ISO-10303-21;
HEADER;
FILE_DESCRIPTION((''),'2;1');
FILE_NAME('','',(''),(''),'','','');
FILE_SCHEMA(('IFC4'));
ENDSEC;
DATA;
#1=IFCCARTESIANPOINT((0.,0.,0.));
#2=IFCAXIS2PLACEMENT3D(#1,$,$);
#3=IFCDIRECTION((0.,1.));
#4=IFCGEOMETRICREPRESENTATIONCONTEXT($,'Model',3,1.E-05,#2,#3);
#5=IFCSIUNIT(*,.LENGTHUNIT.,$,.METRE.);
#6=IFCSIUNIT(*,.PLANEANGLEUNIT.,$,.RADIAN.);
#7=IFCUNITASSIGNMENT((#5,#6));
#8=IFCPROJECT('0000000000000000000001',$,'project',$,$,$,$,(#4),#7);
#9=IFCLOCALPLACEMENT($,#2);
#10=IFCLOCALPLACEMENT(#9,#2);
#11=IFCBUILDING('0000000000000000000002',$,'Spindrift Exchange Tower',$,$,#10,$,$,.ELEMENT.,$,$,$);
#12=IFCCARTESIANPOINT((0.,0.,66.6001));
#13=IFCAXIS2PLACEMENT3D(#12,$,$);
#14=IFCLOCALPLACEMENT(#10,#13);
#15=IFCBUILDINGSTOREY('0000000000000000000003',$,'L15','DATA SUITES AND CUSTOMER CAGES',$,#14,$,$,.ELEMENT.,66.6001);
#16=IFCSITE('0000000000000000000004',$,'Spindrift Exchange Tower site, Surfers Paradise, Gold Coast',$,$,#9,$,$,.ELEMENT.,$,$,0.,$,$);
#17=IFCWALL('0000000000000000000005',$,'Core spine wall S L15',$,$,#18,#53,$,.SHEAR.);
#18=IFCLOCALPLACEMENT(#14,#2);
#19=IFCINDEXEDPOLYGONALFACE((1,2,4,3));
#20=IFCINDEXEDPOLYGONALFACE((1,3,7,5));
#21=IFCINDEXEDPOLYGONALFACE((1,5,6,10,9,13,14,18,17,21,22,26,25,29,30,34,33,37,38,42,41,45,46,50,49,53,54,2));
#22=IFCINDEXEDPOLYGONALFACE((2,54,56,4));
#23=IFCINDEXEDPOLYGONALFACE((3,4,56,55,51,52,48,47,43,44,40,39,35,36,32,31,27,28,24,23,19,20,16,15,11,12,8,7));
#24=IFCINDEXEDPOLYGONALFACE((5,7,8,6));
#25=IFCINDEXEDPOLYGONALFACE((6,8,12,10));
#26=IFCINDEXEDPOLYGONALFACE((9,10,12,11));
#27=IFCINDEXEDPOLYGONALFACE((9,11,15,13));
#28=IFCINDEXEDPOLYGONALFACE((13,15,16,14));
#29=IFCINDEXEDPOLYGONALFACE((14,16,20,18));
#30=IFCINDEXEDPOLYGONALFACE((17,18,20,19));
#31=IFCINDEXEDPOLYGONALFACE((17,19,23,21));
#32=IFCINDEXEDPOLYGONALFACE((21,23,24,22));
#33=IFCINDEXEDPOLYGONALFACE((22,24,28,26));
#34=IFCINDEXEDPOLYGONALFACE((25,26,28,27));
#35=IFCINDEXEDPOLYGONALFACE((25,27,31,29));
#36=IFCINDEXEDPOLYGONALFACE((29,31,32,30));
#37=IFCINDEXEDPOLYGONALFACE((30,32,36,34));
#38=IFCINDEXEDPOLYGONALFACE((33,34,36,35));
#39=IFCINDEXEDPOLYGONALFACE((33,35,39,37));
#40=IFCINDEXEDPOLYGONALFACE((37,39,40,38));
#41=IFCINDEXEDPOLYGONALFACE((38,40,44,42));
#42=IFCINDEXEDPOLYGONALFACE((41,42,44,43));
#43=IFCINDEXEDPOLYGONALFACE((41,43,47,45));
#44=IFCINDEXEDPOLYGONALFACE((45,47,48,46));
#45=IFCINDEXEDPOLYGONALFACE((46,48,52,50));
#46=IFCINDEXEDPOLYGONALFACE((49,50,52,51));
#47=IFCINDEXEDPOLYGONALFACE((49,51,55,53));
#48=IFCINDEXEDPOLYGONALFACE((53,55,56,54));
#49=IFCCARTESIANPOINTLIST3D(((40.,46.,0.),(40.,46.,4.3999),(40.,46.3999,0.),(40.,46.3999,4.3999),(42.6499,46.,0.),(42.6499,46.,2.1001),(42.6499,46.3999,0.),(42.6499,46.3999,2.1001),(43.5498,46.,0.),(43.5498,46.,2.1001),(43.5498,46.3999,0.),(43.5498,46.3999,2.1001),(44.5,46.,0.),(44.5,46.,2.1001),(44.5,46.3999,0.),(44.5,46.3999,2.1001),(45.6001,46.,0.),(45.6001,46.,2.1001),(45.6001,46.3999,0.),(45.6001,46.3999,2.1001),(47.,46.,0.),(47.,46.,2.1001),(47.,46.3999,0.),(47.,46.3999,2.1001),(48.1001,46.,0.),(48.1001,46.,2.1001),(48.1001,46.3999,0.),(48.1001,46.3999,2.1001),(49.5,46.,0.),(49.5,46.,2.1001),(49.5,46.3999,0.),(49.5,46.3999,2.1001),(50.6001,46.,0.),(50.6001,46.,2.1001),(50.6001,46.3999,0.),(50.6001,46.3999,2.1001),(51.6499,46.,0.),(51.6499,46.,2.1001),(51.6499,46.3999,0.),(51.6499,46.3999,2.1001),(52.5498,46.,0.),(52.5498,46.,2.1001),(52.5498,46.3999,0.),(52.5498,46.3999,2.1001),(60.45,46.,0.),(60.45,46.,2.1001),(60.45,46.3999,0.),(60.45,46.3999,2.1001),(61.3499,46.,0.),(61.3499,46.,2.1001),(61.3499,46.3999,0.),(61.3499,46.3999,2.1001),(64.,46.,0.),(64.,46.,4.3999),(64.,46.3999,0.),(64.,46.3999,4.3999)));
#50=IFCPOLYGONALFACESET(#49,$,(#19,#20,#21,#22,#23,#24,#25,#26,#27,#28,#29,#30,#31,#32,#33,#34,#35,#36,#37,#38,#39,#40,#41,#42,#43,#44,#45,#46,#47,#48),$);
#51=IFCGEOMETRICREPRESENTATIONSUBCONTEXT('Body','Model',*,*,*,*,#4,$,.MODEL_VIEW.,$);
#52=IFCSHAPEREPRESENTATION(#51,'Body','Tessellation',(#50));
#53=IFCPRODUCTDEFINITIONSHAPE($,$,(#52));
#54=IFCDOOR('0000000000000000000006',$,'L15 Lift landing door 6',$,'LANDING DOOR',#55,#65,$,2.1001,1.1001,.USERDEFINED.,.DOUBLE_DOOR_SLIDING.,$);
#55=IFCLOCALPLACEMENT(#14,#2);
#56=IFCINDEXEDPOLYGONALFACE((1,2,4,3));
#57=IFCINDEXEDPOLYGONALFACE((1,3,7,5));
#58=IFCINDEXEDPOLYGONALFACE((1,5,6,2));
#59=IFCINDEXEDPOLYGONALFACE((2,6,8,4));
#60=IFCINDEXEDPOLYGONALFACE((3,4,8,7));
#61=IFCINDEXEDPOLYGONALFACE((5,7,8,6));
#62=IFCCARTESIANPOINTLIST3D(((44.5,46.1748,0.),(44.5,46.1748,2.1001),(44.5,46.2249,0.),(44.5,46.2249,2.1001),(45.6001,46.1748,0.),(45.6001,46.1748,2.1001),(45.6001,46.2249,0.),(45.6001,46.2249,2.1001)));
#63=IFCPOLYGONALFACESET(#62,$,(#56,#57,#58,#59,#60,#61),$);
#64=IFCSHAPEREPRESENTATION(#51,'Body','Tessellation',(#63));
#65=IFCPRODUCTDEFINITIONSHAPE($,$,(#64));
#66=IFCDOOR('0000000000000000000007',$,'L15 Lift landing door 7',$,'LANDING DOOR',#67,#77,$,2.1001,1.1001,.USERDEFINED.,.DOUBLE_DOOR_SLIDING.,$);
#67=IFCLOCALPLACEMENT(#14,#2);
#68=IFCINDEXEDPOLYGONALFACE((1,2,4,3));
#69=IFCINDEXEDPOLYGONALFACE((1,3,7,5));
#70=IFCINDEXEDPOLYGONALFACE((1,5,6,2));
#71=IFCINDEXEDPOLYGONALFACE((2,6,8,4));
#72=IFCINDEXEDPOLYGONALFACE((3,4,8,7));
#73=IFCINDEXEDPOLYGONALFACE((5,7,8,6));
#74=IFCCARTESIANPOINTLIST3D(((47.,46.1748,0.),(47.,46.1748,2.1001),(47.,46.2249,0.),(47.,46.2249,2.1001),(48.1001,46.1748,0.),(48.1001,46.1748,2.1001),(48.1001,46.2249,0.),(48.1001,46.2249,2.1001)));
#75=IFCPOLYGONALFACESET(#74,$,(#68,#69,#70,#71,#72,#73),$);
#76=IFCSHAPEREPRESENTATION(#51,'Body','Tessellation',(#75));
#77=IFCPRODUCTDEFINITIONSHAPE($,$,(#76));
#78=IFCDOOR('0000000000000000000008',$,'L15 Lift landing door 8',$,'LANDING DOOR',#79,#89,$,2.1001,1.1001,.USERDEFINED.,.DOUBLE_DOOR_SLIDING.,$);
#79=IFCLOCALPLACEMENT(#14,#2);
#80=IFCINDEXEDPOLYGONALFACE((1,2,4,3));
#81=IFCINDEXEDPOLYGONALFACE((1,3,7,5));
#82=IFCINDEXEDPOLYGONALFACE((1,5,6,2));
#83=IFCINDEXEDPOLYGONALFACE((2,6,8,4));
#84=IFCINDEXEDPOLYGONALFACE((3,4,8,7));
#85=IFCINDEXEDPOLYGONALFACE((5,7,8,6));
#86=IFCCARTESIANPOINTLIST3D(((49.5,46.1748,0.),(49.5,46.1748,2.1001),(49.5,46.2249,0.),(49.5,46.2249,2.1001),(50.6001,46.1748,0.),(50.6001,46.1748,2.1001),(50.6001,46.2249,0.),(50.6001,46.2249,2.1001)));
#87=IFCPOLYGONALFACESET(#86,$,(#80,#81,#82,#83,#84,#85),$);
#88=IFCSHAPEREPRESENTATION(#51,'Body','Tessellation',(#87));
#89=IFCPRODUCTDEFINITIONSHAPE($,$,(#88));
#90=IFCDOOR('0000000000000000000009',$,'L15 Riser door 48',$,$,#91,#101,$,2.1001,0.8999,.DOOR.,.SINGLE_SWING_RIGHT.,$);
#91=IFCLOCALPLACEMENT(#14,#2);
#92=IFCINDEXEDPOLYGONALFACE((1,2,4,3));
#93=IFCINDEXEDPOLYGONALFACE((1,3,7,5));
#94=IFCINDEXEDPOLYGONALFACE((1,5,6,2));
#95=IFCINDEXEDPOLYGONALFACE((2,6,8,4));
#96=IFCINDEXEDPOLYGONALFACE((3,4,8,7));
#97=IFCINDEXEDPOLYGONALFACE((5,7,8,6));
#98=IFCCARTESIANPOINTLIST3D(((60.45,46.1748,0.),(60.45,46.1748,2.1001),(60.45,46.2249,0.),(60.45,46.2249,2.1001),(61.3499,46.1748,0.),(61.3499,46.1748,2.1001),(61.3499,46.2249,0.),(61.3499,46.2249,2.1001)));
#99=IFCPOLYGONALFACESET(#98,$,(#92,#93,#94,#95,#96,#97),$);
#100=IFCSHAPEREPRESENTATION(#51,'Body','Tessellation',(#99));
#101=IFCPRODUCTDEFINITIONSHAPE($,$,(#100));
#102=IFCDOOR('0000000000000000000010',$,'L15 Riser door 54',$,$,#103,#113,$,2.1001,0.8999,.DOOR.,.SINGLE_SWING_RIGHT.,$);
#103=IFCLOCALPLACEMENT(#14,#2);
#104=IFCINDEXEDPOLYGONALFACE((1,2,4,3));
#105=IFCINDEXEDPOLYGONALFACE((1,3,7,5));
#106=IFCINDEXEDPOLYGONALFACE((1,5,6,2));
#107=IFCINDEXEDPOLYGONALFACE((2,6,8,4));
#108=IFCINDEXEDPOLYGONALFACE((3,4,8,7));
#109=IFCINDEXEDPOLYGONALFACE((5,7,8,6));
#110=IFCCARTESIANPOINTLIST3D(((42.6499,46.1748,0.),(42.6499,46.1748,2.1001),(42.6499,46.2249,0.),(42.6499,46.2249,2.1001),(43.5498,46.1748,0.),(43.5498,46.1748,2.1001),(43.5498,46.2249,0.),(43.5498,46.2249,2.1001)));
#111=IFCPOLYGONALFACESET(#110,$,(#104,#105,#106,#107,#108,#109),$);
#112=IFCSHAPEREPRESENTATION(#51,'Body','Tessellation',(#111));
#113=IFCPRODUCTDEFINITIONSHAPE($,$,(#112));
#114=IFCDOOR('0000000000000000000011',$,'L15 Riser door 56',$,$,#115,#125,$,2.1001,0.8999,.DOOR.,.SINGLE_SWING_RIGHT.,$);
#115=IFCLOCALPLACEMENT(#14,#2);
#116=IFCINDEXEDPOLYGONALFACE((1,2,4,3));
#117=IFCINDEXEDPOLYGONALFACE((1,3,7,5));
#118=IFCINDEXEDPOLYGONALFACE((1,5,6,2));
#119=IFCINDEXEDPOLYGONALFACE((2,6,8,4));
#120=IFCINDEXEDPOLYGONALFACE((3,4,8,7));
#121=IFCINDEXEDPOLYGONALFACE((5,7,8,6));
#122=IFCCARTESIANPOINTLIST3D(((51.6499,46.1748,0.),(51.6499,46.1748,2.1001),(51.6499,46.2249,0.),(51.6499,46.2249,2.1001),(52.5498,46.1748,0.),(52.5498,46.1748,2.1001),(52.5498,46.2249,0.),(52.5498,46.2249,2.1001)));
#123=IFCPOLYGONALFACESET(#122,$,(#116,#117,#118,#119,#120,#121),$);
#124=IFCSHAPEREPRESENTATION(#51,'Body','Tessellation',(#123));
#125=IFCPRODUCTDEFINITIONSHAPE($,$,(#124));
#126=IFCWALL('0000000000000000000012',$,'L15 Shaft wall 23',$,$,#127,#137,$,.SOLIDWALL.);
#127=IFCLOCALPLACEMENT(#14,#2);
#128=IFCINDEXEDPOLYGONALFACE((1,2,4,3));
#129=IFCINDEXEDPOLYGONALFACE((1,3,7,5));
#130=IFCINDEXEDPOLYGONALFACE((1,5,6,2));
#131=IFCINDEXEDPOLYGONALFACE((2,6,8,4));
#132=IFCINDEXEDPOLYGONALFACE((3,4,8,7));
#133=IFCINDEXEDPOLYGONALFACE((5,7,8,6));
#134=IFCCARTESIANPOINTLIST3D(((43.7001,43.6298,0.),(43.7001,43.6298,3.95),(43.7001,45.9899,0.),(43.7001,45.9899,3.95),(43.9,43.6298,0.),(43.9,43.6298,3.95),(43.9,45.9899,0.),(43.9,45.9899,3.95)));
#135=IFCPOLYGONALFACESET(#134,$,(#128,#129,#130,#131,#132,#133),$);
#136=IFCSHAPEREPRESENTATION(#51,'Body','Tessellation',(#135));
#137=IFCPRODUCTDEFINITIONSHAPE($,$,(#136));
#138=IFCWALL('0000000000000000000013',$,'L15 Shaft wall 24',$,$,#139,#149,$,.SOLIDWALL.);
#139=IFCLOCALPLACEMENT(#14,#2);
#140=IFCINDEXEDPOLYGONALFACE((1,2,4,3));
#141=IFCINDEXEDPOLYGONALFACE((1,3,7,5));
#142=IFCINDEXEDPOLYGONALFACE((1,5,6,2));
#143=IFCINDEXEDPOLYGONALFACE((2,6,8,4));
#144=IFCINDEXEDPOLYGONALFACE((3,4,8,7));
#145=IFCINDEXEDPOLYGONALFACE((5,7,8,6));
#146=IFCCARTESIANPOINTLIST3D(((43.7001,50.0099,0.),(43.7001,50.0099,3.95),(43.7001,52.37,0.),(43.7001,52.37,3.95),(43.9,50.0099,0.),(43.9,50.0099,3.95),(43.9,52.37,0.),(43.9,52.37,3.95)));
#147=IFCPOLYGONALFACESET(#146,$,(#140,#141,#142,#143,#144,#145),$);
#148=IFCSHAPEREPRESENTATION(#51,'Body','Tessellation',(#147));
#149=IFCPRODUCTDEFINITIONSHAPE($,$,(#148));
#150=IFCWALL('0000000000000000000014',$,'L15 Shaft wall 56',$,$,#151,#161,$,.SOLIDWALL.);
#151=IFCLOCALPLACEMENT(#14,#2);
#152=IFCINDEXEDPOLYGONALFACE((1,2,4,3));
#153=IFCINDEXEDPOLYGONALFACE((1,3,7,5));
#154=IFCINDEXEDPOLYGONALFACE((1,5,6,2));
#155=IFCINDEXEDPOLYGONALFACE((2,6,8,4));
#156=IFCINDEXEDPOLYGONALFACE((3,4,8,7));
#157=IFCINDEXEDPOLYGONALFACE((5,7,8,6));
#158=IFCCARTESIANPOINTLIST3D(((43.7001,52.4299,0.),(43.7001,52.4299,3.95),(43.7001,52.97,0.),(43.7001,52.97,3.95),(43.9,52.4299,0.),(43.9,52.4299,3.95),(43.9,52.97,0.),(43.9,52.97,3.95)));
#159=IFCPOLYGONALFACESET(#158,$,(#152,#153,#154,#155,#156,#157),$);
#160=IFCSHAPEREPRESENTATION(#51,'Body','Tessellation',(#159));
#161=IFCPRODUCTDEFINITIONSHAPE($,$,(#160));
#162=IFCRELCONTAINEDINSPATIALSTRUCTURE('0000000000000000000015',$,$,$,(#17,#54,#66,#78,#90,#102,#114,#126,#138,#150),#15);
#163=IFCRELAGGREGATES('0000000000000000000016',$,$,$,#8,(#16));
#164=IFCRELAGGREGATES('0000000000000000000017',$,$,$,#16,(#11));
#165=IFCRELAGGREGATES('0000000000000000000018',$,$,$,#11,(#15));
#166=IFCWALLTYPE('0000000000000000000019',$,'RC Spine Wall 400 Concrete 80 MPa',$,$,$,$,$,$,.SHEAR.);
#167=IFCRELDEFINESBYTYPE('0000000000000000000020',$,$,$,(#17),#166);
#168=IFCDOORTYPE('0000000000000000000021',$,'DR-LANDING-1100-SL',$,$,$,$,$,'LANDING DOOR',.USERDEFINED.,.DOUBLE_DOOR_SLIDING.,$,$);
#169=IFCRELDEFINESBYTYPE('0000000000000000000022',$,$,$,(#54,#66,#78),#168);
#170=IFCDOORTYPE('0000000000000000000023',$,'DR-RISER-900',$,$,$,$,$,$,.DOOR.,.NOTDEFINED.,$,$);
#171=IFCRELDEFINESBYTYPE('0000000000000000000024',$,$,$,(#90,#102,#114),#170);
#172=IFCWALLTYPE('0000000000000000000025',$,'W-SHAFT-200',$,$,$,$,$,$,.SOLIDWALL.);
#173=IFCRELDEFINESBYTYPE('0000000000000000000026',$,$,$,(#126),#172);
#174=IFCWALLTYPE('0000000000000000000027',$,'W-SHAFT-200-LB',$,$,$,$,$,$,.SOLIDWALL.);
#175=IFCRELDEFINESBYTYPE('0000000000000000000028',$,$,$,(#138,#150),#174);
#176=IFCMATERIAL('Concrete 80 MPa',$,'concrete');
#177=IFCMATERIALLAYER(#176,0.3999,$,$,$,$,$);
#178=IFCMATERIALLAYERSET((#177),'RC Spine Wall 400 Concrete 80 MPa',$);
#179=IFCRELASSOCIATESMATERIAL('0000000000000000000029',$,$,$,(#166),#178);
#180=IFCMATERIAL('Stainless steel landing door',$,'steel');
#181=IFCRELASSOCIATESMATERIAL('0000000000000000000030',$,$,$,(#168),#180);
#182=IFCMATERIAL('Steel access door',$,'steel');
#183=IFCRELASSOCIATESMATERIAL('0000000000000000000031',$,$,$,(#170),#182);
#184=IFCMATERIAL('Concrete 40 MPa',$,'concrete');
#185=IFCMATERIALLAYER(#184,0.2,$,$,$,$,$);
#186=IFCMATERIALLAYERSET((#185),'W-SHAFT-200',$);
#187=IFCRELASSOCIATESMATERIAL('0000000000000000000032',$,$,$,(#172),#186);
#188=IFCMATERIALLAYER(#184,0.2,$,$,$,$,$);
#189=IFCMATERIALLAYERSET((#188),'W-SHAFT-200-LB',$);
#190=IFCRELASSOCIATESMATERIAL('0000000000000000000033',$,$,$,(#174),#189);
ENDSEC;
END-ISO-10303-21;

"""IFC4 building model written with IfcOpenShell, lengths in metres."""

from ifc_helpers import new_model, si_unit, direction, frame, frame_2d, origin, place, context, subcontext, project, spatial, rectangle, extrude, source, transform, mapped, material, layer, layer_set, type_object, element, fill, save


model = new_model("IFC4")

# Units and contexts
model_context = context("Model", 3, precision=1e-05, world=origin(), true_north=direction((0.0, 1.0)))
body_context = subcontext(model_context, "Body", "Model", "MODEL_VIEW")
ifc_project = project(units=[si_unit("LENGTHUNIT", "METRE"), si_unit("PLANEANGLEUNIT", "RADIAN")], contexts=[model_context])

# Site, building, storey
site_placement = place(None, origin())
site = spatial("IfcSite", under=ifc_project, at=site_placement, Name="Spindrift Exchange Tower site, Surfers Paradise, Gold Coast", CompositionType="ELEMENT", RefElevation=0.0)
building_placement = place(site_placement, origin())
building = spatial("IfcBuilding", under=site, at=building_placement, Name="Spindrift Exchange Tower", CompositionType="ELEMENT")
storey_placement = place(building_placement, frame((0.0, 0.0, 66.6001)))
storey = spatial("IfcBuildingStorey", under=building, at=storey_placement, Name="L15", Description="DATA SUITES AND CUSTOMER CAGES", CompositionType="ELEMENT", Elevation=66.6001)

# Wall, openings, doors
ifc_material_1 = material(Name="Concrete 80 MPa", Category="concrete")
ifc_layer_1 = layer(ifc_material_1, 0.3999)
ifc_layer_set_1 = layer_set([ifc_layer_1], Name="RC Spine Wall 400 Concrete 80 MPa")
wall_type_1 = type_object("IfcWallType", Name="RC Spine Wall 400 Concrete 80 MPa", PredefinedType="SHEAR", material=ifc_layer_set_1)
ifc_material_2 = material(Name="Stainless steel landing door", Category="steel")
door_type_1 = type_object("IfcDoorType", Name="DR-LANDING-1100-SL", ElementType="LANDING DOOR", OperationType="DOUBLE_DOOR_SLIDING", PredefinedType="USERDEFINED", material=ifc_material_2)
shared_shape_1 = source(origin(), body_context, "Body", "SweptSolid", [
    extrude(rectangle(XDim=1.1001, YDim=2.1001, at=frame_2d((0.55, 1.05))), frame((0.0, 0.0249, 0.0), z_axis=(0.0, -1.0, 0.0), x_axis=(1.0, 0.0, 0.0)), (0.0, 0.0, 1.0), 0.05),
])
ifc_material_3 = material(Name="Steel access door", Category="steel")
door_type_2 = type_object("IfcDoorType", Name="DR-RISER-900", OperationType="NOTDEFINED", PredefinedType="DOOR", material=ifc_material_3)
shared_shape_2 = source(origin(), body_context, "Body", "SweptSolid", [
    extrude(rectangle(XDim=0.8999, YDim=2.1001, at=frame_2d((0.45, 1.05))), frame((0.0, 0.0249, 0.0), z_axis=(0.0, -1.0, 0.0), x_axis=(1.0, 0.0, 0.0)), (0.0, 0.0, 1.0), 0.05),
])
wall_1_placement = place(storey_placement, frame((40.0, 46.2, 0.0), z_axis=(0.0, 0.0, 1.0), x_axis=(1.0, 0.0, 0.0)))
wall_1 = element("IfcWall", 1, at=wall_1_placement, inside=storey, type_object=wall_type_1, Name="Core spine wall S L15", PredefinedType="SHEAR", context=body_context, shape_type="SweptSolid", body=[
    extrude(rectangle(XDim=24.0, YDim=0.3999, at=frame_2d((12.0, 0.0))), origin(), (0.0, 0.0, 1.0), 4.3999),
])
opening_1_placement = place(wall_1_placement, frame((4.5, 0.0, 0.0)))
opening_1 = element("IfcOpeningElement", 2, at=opening_1_placement, cuts=wall_1, PredefinedType="OPENING", context=body_context, shape_type="SweptSolid", body=[
    extrude(rectangle(XDim=1.1001, YDim=2.1001, at=frame_2d((0.55, 1.05))), frame((0.0, 0.21, 0.0), z_axis=(0.0, -1.0, 0.0), x_axis=(1.0, 0.0, 0.0)), (0.0, 0.0, 1.0), 0.4199),
])
opening_2_placement = place(wall_1_placement, frame((7.0, 0.0, 0.0)))
opening_2 = element("IfcOpeningElement", 3, at=opening_2_placement, cuts=wall_1, PredefinedType="OPENING", context=body_context, shape_type="SweptSolid", body=[
    extrude(rectangle(XDim=1.1001, YDim=2.1001, at=frame_2d((0.55, 1.05))), frame((0.0, 0.21, 0.0), z_axis=(0.0, -1.0, 0.0), x_axis=(1.0, 0.0, 0.0)), (0.0, 0.0, 1.0), 0.4199),
])
opening_3_placement = place(wall_1_placement, frame((9.5, 0.0, 0.0)))
opening_3 = element("IfcOpeningElement", 4, at=opening_3_placement, cuts=wall_1, PredefinedType="OPENING", context=body_context, shape_type="SweptSolid", body=[
    extrude(rectangle(XDim=1.1001, YDim=2.1001, at=frame_2d((0.55, 1.05))), frame((0.0, 0.21, 0.0), z_axis=(0.0, -1.0, 0.0), x_axis=(1.0, 0.0, 0.0)), (0.0, 0.0, 1.0), 0.4199),
])
opening_4_placement = place(wall_1_placement, frame((20.45, 0.0, 0.0)))
opening_4 = element("IfcOpeningElement", 5, at=opening_4_placement, cuts=wall_1, PredefinedType="OPENING", context=body_context, shape_type="SweptSolid", body=[
    extrude(rectangle(XDim=0.8999, YDim=2.1001, at=frame_2d((0.45, 1.05))), frame((0.0, 0.21, 0.0), z_axis=(0.0, -1.0, 0.0), x_axis=(1.0, 0.0, 0.0)), (0.0, 0.0, 1.0), 0.4199),
])
opening_5_placement = place(wall_1_placement, frame((2.6499, 0.0, 0.0)))
opening_5 = element("IfcOpeningElement", 6, at=opening_5_placement, cuts=wall_1, PredefinedType="OPENING", context=body_context, shape_type="SweptSolid", body=[
    extrude(rectangle(XDim=0.8999, YDim=2.1001, at=frame_2d((0.45, 1.05))), frame((0.0, 0.21, 0.0), z_axis=(0.0, -1.0, 0.0), x_axis=(1.0, 0.0, 0.0)), (0.0, 0.0, 1.0), 0.4199),
])
opening_6_placement = place(wall_1_placement, frame((11.6499, 0.0, 0.0)))
opening_6 = element("IfcOpeningElement", 7, at=opening_6_placement, cuts=wall_1, PredefinedType="OPENING", context=body_context, shape_type="SweptSolid", body=[
    extrude(rectangle(XDim=0.8999, YDim=2.1001, at=frame_2d((0.45, 1.05))), frame((0.0, 0.21, 0.0), z_axis=(0.0, -1.0, 0.0), x_axis=(1.0, 0.0, 0.0)), (0.0, 0.0, 1.0), 0.4199),
])
door_1_placement = place(opening_1_placement, origin())
door_1 = element("IfcDoor", 8, at=door_1_placement, inside=storey, type_object=door_type_1, Name="L15 Lift landing door 6", ObjectType="LANDING DOOR", OperationType="DOUBLE_DOOR_SLIDING", OverallHeight=2.1001, OverallWidth=1.1001, PredefinedType="USERDEFINED", context=body_context, shape_type="MappedRepresentation", body=[
    mapped(shared_shape_1, transform((0.0, 0.0, 0.0), scale=1.0)),
])
fill(opening_1, door_1)
door_2_placement = place(opening_2_placement, origin())
door_2 = element("IfcDoor", 9, at=door_2_placement, inside=storey, type_object=door_type_1, Name="L15 Lift landing door 7", ObjectType="LANDING DOOR", OperationType="DOUBLE_DOOR_SLIDING", OverallHeight=2.1001, OverallWidth=1.1001, PredefinedType="USERDEFINED", context=body_context, shape_type="MappedRepresentation", body=[
    mapped(shared_shape_1, transform((0.0, 0.0, 0.0), scale=1.0)),
])
fill(opening_2, door_2)
door_3_placement = place(opening_3_placement, origin())
door_3 = element("IfcDoor", 10, at=door_3_placement, inside=storey, type_object=door_type_1, Name="L15 Lift landing door 8", ObjectType="LANDING DOOR", OperationType="DOUBLE_DOOR_SLIDING", OverallHeight=2.1001, OverallWidth=1.1001, PredefinedType="USERDEFINED", context=body_context, shape_type="MappedRepresentation", body=[
    mapped(shared_shape_1, transform((0.0, 0.0, 0.0), scale=1.0)),
])
fill(opening_3, door_3)
door_4_placement = place(opening_4_placement, origin())
door_4 = element("IfcDoor", 11, at=door_4_placement, inside=storey, type_object=door_type_2, Name="L15 Riser door 48", OperationType="SINGLE_SWING_RIGHT", OverallHeight=2.1001, OverallWidth=0.8999, PredefinedType="DOOR", context=body_context, shape_type="MappedRepresentation", body=[
    mapped(shared_shape_2, transform((0.0, 0.0, 0.0), scale=1.0)),
])
fill(opening_4, door_4)
door_5_placement = place(opening_5_placement, origin())
door_5 = element("IfcDoor", 12, at=door_5_placement, inside=storey, type_object=door_type_2, Name="L15 Riser door 54", OperationType="SINGLE_SWING_RIGHT", OverallHeight=2.1001, OverallWidth=0.8999, PredefinedType="DOOR", context=body_context, shape_type="MappedRepresentation", body=[
    mapped(shared_shape_2, transform((0.0, 0.0, 0.0), scale=1.0)),
])
fill(opening_5, door_5)
door_6_placement = place(opening_6_placement, origin())
door_6 = element("IfcDoor", 13, at=door_6_placement, inside=storey, type_object=door_type_2, Name="L15 Riser door 56", OperationType="SINGLE_SWING_RIGHT", OverallHeight=2.1001, OverallWidth=0.8999, PredefinedType="DOOR", context=body_context, shape_type="MappedRepresentation", body=[
    mapped(shared_shape_2, transform((0.0, 0.0, 0.0), scale=1.0)),
])
fill(opening_6, door_6)

# Walls
ifc_material_4 = material(Name="Concrete 40 MPa", Category="concrete")
ifc_layer_2 = layer(ifc_material_4, 0.2)
ifc_layer_set_2 = layer_set([ifc_layer_2], Name="W-SHAFT-200")
wall_type_2 = type_object("IfcWallType", Name="W-SHAFT-200", PredefinedType="SOLIDWALL", material=ifc_layer_set_2)
wall_2_placement = place(storey_placement, frame((43.8, 45.99, 0.0), z_axis=(0.0, 0.0, 1.0), x_axis=(0.0, -1.0, 0.0)))
element("IfcWall", 14, at=wall_2_placement, inside=storey, type_object=wall_type_2, Name="L15 Shaft wall 23", PredefinedType="SOLIDWALL", context=body_context, shape_type="SweptSolid", body=[
    extrude(rectangle(XDim=2.3601, YDim=0.2, at=frame_2d((1.1802, 0.0))), origin(), (0.0, 0.0, 1.0), 3.95),
])
ifc_layer_3 = layer(ifc_material_4, 0.2)
ifc_layer_set_3 = layer_set([ifc_layer_3], Name="W-SHAFT-200-LB")
wall_type_3 = type_object("IfcWallType", Name="W-SHAFT-200-LB", PredefinedType="SOLIDWALL", material=ifc_layer_set_3)
wall_3_placement = place(storey_placement, frame((43.8, 52.3701, 0.0), z_axis=(0.0, 0.0, 1.0), x_axis=(0.0, -1.0, 0.0)))
element("IfcWall", 15, at=wall_3_placement, inside=storey, type_object=wall_type_3, Name="L15 Shaft wall 24", PredefinedType="SOLIDWALL", context=body_context, shape_type="SweptSolid", body=[
    extrude(rectangle(XDim=2.3601, YDim=0.2, at=frame_2d((1.1802, 0.0))), origin(), (0.0, 0.0, 1.0), 3.95),
])
wall_4_placement = place(storey_placement, frame((43.8, 52.4299, 0.0), z_axis=(0.0, 0.0, 1.0), x_axis=(0.0, 1.0, 0.0)))
element("IfcWall", 16, at=wall_4_placement, inside=storey, type_object=wall_type_3, Name="L15 Shaft wall 56", PredefinedType="SOLIDWALL", context=body_context, shape_type="SweptSolid", body=[
    extrude(rectangle(XDim=0.54, YDim=0.2, at=frame_2d((0.27, 0.0))), origin(), (0.0, 0.0, 1.0), 3.95),
])

save(model, "model.ifc")
